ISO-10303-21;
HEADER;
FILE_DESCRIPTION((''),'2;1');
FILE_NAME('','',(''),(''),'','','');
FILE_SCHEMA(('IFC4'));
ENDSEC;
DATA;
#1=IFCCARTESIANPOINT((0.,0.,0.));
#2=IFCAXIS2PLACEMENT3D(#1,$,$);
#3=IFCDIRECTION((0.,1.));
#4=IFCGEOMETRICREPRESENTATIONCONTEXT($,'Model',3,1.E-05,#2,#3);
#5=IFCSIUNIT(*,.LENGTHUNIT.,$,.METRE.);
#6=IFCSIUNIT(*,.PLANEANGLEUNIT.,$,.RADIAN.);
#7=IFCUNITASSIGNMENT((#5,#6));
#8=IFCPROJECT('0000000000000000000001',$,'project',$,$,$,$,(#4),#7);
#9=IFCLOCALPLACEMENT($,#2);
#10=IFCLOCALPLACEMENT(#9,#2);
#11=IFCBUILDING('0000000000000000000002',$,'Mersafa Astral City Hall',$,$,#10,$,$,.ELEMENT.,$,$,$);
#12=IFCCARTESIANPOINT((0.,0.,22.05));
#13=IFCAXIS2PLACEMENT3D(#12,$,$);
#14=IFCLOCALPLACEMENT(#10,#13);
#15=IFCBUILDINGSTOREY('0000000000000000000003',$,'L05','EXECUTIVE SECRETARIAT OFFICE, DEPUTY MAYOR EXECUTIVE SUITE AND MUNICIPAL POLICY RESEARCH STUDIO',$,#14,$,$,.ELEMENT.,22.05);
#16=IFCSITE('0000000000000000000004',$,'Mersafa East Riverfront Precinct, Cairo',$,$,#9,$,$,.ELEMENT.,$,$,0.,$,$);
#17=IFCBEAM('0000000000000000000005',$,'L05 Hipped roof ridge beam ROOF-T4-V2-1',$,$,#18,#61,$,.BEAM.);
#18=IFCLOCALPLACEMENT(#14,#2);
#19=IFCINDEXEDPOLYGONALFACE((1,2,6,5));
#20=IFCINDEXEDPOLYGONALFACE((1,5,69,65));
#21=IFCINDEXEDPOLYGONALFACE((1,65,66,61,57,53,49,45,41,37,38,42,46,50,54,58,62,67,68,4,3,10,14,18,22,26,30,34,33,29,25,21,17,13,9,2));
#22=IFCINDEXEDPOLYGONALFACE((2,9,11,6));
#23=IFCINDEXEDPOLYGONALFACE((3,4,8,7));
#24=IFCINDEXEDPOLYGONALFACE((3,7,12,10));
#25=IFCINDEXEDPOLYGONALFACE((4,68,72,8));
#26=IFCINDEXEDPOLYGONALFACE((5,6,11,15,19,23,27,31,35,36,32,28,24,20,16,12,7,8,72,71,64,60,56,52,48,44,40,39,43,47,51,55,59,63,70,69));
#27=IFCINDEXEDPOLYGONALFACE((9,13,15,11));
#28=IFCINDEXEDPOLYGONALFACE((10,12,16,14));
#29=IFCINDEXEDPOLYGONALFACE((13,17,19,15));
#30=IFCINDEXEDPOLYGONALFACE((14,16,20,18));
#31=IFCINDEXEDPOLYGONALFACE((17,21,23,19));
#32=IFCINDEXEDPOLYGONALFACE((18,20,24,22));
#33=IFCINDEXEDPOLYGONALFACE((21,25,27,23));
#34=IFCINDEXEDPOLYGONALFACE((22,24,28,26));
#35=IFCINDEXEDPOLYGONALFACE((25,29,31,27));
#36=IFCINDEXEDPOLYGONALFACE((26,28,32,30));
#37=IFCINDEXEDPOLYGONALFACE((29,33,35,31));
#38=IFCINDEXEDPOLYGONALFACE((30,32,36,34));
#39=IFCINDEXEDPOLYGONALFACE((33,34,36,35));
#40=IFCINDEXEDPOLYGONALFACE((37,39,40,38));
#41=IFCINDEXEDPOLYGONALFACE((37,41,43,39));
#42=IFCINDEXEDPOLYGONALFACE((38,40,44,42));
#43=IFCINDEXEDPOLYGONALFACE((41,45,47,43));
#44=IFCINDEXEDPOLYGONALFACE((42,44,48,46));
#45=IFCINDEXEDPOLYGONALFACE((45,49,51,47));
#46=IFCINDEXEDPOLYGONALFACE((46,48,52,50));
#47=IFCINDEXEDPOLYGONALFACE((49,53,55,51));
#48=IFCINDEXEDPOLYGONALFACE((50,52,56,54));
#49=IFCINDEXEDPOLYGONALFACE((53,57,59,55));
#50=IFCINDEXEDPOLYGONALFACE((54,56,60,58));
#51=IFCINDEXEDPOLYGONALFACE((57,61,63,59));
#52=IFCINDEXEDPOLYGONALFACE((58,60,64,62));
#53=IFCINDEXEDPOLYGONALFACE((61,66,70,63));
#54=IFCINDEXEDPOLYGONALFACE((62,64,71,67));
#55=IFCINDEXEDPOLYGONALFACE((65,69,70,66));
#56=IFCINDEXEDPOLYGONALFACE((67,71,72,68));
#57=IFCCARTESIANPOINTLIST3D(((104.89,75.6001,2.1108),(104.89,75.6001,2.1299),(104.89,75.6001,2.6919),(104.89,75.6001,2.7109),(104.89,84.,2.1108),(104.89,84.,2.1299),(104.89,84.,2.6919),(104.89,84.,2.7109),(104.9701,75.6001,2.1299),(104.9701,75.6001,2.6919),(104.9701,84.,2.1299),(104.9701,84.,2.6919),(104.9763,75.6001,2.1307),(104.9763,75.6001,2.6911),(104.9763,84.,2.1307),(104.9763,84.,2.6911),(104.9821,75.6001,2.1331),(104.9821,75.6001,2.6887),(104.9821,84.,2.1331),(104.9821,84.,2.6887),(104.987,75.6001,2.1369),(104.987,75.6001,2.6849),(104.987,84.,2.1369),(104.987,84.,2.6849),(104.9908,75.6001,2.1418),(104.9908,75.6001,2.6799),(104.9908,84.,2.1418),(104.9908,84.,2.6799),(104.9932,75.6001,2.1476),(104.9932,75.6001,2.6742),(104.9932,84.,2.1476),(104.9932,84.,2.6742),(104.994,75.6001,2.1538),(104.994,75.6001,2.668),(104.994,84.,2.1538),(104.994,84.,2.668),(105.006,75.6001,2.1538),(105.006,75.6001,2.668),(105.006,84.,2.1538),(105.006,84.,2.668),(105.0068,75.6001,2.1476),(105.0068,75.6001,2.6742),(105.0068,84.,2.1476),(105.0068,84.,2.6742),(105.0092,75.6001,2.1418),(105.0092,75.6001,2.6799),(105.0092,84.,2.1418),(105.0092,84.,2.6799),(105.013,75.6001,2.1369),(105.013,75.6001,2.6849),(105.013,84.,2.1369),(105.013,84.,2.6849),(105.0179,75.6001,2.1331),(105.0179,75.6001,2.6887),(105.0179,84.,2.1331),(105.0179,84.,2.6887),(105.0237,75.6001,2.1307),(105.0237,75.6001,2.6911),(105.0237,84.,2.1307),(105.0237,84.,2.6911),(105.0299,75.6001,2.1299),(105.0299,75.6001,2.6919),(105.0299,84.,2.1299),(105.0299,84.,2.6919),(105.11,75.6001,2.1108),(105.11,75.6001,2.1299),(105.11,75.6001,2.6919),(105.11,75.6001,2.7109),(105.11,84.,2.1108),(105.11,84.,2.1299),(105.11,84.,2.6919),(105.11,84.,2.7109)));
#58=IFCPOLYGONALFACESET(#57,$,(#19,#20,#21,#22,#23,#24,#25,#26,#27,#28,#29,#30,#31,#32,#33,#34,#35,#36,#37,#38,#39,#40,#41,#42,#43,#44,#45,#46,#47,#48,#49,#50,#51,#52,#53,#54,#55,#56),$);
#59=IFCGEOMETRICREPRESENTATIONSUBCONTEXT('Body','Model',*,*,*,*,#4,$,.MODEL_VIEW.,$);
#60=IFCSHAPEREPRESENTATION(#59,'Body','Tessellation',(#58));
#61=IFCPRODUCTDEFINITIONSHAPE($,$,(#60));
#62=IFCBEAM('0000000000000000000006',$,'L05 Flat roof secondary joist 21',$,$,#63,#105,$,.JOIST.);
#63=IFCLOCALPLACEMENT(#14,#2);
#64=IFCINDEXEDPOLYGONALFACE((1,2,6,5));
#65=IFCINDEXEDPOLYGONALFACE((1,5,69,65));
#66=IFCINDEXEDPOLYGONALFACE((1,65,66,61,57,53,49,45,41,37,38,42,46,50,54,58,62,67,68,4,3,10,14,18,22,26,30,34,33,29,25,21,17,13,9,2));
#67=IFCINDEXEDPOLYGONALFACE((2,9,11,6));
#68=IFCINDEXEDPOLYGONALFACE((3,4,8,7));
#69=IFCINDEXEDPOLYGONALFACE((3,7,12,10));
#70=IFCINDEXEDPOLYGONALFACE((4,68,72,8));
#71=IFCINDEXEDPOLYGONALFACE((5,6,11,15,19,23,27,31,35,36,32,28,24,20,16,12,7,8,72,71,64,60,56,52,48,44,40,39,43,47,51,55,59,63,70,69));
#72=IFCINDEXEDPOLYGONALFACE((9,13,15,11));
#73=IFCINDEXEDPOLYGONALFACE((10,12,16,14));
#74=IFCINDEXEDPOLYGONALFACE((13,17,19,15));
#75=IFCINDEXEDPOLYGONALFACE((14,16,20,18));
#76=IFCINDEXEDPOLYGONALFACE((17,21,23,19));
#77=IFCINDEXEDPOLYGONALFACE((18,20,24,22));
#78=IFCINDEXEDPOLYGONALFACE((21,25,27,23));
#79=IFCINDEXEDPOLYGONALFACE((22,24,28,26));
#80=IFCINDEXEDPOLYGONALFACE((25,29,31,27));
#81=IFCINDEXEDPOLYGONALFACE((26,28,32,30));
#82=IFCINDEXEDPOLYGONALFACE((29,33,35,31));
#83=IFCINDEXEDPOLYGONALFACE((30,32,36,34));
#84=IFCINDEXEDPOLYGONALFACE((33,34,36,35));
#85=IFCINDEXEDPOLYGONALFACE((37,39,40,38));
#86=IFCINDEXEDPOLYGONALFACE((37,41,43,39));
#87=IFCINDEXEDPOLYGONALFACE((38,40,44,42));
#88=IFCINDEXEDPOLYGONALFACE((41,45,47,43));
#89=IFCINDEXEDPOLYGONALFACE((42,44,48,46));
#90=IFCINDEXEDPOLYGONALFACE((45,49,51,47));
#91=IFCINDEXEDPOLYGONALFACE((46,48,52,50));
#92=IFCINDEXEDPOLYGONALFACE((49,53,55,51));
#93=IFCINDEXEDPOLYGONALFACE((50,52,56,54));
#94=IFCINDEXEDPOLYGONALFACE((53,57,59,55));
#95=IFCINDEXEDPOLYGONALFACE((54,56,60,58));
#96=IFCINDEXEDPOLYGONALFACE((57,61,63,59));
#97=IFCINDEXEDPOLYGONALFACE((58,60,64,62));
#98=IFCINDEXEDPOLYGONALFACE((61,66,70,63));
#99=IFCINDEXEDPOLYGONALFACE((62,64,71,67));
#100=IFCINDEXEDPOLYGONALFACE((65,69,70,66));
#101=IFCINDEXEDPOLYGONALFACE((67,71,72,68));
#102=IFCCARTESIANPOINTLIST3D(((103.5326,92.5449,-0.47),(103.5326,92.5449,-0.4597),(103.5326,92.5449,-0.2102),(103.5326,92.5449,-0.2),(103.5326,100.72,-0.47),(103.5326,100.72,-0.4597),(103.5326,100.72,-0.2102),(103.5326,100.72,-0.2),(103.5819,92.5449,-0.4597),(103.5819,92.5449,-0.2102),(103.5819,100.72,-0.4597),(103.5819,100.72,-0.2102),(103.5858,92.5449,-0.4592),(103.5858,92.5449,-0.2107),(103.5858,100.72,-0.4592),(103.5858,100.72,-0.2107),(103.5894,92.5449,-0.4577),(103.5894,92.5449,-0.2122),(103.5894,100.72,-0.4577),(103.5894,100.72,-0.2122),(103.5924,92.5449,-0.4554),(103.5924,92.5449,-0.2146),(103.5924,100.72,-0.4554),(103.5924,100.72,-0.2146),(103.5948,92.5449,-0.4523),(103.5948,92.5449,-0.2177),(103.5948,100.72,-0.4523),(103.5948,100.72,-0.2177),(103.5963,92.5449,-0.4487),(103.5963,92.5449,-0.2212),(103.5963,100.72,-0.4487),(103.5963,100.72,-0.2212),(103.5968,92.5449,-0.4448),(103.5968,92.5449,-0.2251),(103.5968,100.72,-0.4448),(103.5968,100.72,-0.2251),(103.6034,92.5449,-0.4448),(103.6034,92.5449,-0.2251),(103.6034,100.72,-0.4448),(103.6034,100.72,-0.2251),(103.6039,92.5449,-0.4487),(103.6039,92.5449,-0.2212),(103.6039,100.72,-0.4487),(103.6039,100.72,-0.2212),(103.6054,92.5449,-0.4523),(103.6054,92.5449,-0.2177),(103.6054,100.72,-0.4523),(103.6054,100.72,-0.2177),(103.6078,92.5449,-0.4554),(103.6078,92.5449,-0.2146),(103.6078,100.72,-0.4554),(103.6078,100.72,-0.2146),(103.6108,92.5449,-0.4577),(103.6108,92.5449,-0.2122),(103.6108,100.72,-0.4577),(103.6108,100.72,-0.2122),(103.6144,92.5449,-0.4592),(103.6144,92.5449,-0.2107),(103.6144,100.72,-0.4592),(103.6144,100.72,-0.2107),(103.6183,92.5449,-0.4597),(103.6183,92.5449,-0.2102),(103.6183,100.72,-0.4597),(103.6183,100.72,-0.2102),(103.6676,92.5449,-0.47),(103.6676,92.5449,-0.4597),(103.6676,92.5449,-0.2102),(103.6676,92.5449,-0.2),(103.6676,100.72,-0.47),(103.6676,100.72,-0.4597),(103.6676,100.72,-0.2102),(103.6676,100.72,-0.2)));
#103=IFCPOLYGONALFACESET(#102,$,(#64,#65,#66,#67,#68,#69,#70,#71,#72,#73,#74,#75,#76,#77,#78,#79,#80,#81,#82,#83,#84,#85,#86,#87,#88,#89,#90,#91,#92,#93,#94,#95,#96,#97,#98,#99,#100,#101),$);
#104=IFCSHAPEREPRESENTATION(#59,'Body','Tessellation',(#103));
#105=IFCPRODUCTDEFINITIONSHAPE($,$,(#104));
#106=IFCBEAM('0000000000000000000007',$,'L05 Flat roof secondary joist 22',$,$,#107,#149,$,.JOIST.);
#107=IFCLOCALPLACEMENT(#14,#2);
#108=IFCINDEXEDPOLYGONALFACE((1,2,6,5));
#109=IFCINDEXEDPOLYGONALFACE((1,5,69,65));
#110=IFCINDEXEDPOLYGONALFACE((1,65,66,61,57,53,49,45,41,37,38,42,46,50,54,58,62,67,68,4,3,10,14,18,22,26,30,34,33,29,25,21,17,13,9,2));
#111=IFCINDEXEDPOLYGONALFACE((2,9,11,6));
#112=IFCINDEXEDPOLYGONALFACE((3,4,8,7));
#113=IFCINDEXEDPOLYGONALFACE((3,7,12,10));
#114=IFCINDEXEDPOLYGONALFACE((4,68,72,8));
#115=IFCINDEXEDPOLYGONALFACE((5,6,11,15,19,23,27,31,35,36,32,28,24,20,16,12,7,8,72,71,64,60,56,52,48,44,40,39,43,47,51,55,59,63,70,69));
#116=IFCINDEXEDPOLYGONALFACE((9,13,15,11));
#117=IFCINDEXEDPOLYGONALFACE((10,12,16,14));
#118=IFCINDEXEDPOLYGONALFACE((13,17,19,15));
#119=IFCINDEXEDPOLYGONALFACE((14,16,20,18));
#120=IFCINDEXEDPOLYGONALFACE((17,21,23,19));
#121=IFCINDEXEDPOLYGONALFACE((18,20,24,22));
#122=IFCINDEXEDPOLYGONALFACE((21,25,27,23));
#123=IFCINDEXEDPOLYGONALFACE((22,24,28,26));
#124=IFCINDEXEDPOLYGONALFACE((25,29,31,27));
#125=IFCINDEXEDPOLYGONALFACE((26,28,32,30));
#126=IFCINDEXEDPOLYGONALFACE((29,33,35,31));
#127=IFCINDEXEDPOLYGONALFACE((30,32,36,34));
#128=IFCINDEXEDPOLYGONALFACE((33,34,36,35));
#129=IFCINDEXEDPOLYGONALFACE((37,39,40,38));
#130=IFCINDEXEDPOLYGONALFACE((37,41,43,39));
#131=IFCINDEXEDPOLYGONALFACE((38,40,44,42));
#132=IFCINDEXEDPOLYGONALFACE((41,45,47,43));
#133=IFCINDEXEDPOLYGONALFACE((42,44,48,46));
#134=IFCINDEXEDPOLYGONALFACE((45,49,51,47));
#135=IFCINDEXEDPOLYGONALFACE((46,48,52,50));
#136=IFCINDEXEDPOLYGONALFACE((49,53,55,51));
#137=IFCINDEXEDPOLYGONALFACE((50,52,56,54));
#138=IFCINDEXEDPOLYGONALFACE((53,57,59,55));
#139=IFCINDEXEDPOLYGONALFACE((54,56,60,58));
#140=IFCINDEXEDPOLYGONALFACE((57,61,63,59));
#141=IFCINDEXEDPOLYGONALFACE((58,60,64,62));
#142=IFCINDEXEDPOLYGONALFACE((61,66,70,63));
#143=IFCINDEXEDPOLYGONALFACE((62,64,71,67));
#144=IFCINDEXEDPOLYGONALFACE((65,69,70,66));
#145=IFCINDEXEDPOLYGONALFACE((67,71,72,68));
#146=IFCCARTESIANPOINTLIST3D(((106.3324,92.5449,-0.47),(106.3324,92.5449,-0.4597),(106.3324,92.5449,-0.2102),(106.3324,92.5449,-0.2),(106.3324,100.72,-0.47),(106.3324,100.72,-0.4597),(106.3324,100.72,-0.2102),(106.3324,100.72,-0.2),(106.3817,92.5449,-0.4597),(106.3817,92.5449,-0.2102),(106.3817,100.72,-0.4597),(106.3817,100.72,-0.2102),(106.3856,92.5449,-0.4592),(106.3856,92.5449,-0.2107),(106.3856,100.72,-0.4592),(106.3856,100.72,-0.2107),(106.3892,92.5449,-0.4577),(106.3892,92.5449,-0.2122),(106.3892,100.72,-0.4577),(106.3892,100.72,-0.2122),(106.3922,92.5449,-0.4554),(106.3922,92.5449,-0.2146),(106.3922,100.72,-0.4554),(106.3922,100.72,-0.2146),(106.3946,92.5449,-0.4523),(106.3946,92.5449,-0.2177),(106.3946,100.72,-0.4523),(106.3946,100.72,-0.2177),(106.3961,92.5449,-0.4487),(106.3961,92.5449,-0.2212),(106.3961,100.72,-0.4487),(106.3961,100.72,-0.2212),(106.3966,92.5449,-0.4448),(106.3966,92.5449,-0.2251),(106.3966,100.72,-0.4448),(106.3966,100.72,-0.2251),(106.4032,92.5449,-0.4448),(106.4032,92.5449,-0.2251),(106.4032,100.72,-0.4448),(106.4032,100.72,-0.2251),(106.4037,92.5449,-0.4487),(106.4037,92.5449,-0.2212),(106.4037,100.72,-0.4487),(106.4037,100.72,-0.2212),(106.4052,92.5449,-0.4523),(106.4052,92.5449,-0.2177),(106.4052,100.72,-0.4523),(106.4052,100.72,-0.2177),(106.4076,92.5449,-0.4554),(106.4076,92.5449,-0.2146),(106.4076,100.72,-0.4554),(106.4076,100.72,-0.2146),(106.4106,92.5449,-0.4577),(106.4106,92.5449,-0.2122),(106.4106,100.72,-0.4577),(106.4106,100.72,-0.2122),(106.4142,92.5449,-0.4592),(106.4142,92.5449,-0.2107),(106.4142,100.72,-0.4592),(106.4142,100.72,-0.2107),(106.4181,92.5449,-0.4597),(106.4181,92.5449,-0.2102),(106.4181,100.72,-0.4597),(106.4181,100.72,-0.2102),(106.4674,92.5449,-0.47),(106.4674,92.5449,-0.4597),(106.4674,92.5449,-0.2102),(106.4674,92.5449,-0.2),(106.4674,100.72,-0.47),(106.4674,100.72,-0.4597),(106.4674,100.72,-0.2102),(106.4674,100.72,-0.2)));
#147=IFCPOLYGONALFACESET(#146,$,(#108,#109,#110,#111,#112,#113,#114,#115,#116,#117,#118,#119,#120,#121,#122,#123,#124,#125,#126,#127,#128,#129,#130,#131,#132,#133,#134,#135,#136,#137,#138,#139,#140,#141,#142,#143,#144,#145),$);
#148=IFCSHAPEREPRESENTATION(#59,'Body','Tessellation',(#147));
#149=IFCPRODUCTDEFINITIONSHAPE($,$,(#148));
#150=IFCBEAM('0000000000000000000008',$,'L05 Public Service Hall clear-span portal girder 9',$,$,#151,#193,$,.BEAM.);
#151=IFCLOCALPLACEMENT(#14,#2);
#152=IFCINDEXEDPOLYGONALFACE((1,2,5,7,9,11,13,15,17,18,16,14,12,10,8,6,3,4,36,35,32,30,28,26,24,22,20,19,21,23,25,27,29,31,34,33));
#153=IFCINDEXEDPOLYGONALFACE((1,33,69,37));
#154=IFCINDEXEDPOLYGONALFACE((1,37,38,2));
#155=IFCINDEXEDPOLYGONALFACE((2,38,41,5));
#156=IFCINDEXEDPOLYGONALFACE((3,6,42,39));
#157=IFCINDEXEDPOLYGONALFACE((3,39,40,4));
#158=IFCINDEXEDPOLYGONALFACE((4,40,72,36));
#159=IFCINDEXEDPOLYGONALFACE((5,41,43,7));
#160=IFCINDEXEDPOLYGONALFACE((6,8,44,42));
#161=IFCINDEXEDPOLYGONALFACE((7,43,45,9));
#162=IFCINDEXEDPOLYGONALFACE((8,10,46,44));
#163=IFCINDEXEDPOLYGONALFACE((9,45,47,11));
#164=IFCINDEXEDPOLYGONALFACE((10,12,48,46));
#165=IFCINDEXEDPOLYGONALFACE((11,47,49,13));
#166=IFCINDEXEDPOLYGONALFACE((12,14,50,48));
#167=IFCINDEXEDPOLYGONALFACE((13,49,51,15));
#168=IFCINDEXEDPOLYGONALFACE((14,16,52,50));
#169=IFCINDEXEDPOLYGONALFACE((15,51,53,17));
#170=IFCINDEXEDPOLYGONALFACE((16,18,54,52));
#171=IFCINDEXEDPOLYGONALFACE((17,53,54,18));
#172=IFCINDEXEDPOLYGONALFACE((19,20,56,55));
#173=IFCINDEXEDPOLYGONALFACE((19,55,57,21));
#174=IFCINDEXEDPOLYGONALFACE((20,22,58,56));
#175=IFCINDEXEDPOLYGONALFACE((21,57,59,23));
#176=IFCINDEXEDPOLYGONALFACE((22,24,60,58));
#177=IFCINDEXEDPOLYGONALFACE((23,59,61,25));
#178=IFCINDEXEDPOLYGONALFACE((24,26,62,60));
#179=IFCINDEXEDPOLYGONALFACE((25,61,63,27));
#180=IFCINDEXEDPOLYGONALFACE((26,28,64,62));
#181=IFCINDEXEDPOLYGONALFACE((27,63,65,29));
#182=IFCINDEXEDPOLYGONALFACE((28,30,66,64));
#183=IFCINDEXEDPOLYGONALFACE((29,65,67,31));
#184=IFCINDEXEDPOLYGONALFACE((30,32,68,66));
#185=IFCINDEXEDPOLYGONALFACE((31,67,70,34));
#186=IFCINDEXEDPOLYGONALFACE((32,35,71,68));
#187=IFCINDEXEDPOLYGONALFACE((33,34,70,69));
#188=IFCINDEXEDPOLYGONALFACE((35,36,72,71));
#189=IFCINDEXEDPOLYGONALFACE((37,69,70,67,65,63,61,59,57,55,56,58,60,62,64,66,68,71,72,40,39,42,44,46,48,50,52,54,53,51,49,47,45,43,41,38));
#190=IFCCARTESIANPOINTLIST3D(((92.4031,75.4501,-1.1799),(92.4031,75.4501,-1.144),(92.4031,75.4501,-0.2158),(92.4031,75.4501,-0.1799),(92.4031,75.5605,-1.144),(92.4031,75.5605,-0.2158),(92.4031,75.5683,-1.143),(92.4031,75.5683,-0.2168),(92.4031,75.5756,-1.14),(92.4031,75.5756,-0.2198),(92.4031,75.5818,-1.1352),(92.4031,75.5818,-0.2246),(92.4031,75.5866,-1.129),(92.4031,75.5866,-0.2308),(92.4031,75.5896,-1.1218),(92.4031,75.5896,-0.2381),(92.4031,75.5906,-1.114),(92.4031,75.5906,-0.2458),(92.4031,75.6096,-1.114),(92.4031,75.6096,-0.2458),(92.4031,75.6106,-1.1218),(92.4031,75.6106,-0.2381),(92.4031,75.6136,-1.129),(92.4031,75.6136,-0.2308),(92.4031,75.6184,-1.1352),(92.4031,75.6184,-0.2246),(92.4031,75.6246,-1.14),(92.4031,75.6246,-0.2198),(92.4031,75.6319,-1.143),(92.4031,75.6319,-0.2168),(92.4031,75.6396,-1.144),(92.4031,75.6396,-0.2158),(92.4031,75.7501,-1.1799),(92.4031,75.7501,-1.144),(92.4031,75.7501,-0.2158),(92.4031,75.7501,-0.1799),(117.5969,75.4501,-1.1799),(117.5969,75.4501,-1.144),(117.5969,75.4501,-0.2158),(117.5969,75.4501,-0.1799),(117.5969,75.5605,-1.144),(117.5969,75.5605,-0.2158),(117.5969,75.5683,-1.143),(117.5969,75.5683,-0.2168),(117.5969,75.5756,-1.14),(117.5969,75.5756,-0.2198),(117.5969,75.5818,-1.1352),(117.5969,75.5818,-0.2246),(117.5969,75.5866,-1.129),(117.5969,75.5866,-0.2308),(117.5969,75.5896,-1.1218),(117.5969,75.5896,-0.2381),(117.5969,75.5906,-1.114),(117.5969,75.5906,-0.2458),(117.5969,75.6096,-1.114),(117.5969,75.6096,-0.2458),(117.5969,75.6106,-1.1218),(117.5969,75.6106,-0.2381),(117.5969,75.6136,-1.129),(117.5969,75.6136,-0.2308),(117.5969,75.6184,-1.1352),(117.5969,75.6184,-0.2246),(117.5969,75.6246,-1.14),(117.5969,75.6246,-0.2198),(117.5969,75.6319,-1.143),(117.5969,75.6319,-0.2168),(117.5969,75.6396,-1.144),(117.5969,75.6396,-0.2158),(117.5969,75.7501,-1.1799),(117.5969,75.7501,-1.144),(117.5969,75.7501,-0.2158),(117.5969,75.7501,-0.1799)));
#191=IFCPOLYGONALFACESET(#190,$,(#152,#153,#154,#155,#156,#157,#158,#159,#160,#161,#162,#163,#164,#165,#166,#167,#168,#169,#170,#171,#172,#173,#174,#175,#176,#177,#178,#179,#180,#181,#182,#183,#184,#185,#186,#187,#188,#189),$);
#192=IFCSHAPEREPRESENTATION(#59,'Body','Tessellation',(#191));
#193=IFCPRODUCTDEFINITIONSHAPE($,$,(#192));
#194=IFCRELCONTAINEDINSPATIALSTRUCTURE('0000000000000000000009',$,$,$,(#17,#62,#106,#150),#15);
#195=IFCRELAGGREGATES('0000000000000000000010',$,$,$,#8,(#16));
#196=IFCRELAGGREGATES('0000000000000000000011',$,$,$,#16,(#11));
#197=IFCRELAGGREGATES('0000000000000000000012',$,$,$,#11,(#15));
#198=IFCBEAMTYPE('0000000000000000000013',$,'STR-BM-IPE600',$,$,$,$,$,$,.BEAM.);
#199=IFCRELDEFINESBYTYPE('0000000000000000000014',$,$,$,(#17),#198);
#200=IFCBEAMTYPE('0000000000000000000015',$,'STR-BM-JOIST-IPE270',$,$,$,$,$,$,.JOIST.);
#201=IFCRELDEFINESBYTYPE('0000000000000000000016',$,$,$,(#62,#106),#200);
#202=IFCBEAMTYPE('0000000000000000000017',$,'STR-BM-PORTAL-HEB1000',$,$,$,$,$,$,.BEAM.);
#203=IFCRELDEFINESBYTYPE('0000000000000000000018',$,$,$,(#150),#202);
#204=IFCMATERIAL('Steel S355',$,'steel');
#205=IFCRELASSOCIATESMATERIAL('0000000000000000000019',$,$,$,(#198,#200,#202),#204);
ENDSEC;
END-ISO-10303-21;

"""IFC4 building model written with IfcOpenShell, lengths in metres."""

from ifc_helpers import new_model, si_unit, direction, frame, origin, origin_2d, place, context, subcontext, project, spatial, i_section, extrude, material, material_profile, profile_set, type_object, element, save


model = new_model("IFC4")

# Units and contexts
model_context = context("Model", 3, precision=1e-05, world=origin(), true_north=direction((0.0, 1.0)))
body_context = subcontext(model_context, "Body", "Model", "MODEL_VIEW")
ifc_project = project(units=[si_unit("LENGTHUNIT", "METRE"), si_unit("PLANEANGLEUNIT", "RADIAN")], contexts=[model_context])

# Site, building, storey
site_placement = place(None, origin())
site = spatial("IfcSite", under=ifc_project, at=site_placement, Name="Mersafa East Riverfront Precinct, Cairo", CompositionType="ELEMENT", RefElevation=0.0)
building_placement = place(site_placement, origin())
building = spatial("IfcBuilding", under=site, at=building_placement, Name="Mersafa Astral City Hall", CompositionType="ELEMENT")
storey_placement = place(building_placement, frame((0.0, 0.0, 22.05)))
storey = spatial("IfcBuildingStorey", under=building, at=storey_placement, Name="L05", Description="EXECUTIVE SECRETARIAT OFFICE, DEPUTY MAYOR EXECUTIVE SUITE AND MUNICIPAL POLICY RESEARCH STUDIO", CompositionType="ELEMENT", Elevation=22.05)

# Beams
ifc_material_1 = material(Name="Steel S355", Category="steel")
ifc_material_profile_1 = material_profile(ifc_material_1, i_section(OverallWidth=0.22, OverallDepth=0.6001, WebThickness=0.012, FlangeThickness=0.019, FilletRadius=0.0239, at=origin_2d()), Name="IPE 600")
ifc_profile_set_1 = profile_set([ifc_material_profile_1], Name="Steel S355")
beam_type_1 = type_object("IfcBeamType", Name="STR-BM-IPE600", PredefinedType="BEAM", material=ifc_profile_set_1)
beam_1_placement = place(storey_placement, frame((105.0, 75.6001, 2.4109), z_axis=(0.0, 1.0, 0.0), x_axis=(-1.0, 0.0, 0.0)))
element("IfcBeam", 1, at=beam_1_placement, inside=storey, type_object=beam_type_1, Name="L05 Hipped roof ridge beam ROOF-T4-V2-1", PredefinedType="BEAM", context=body_context, shape_type="SweptSolid", body=[
    extrude(i_section(OverallWidth=0.22, OverallDepth=0.6001, WebThickness=0.012, FlangeThickness=0.019, FilletRadius=0.0239, at=origin_2d()), origin(), (0.0, 0.0, 1.0), 8.3999),
])
ifc_material_profile_2 = material_profile(ifc_material_1, i_section(OverallWidth=0.135, OverallDepth=0.27, WebThickness=0.0066, FlangeThickness=0.0103, FilletRadius=0.0149, at=origin_2d()), Name="IPE 270")
ifc_profile_set_2 = profile_set([ifc_material_profile_2], Name="Steel S355")
beam_type_2 = type_object("IfcBeamType", Name="STR-BM-JOIST-IPE270", PredefinedType="JOIST", material=ifc_profile_set_2)
for number, where, z_axis, x_axis, name in (
    (2, (103.6001, 92.5449, -0.335), (0.0, 1.0, 0.0), (-1.0, 0.0, 0.0), "L05 Flat roof secondary joist 21"),
    (3, (106.3999, 92.5449, -0.335), (0.0, 1.0, 0.0), (-1.0, 0.0, 0.0), "L05 Flat roof secondary joist 22"),
):
    element("IfcBeam", number, at=place(storey_placement, frame(where, z_axis=z_axis, x_axis=x_axis)), inside=storey, type_object=beam_type_2, Name=name, PredefinedType="JOIST", context=body_context, shape_type="SweptSolid", body=[
        extrude(i_section(OverallWidth=0.135, OverallDepth=0.27, WebThickness=0.0066, FlangeThickness=0.0103, FilletRadius=0.0149, at=origin_2d()), origin(), (0.0, 0.0, 1.0), 8.175),
    ])
ifc_material_profile_3 = material_profile(ifc_material_1, i_section(OverallWidth=0.3, OverallDepth=1.0, WebThickness=0.019, FlangeThickness=0.0359, FilletRadius=0.03, at=origin_2d()), Name="HEB 1000")
ifc_profile_set_3 = profile_set([ifc_material_profile_3], Name="Steel S355")
beam_type_3 = type_object("IfcBeamType", Name="STR-BM-PORTAL-HEB1000", PredefinedType="BEAM", material=ifc_profile_set_3)
beam_2_placement = place(storey_placement, frame((92.4031, 75.6001, -0.6799), z_axis=(1.0, 0.0, 0.0), x_axis=(0.0, 1.0, 0.0)))
element("IfcBeam", 4, at=beam_2_placement, inside=storey, type_object=beam_type_3, Name="L05 Public Service Hall clear-span portal girder 9", PredefinedType="BEAM", context=body_context, shape_type="SweptSolid", body=[
    extrude(i_section(OverallWidth=0.3, OverallDepth=1.0, WebThickness=0.019, FlangeThickness=0.0359, FilletRadius=0.03, at=origin_2d()), origin(), (0.0, 0.0, 1.0), 25.1938),
])

save(model, "model.ifc")
